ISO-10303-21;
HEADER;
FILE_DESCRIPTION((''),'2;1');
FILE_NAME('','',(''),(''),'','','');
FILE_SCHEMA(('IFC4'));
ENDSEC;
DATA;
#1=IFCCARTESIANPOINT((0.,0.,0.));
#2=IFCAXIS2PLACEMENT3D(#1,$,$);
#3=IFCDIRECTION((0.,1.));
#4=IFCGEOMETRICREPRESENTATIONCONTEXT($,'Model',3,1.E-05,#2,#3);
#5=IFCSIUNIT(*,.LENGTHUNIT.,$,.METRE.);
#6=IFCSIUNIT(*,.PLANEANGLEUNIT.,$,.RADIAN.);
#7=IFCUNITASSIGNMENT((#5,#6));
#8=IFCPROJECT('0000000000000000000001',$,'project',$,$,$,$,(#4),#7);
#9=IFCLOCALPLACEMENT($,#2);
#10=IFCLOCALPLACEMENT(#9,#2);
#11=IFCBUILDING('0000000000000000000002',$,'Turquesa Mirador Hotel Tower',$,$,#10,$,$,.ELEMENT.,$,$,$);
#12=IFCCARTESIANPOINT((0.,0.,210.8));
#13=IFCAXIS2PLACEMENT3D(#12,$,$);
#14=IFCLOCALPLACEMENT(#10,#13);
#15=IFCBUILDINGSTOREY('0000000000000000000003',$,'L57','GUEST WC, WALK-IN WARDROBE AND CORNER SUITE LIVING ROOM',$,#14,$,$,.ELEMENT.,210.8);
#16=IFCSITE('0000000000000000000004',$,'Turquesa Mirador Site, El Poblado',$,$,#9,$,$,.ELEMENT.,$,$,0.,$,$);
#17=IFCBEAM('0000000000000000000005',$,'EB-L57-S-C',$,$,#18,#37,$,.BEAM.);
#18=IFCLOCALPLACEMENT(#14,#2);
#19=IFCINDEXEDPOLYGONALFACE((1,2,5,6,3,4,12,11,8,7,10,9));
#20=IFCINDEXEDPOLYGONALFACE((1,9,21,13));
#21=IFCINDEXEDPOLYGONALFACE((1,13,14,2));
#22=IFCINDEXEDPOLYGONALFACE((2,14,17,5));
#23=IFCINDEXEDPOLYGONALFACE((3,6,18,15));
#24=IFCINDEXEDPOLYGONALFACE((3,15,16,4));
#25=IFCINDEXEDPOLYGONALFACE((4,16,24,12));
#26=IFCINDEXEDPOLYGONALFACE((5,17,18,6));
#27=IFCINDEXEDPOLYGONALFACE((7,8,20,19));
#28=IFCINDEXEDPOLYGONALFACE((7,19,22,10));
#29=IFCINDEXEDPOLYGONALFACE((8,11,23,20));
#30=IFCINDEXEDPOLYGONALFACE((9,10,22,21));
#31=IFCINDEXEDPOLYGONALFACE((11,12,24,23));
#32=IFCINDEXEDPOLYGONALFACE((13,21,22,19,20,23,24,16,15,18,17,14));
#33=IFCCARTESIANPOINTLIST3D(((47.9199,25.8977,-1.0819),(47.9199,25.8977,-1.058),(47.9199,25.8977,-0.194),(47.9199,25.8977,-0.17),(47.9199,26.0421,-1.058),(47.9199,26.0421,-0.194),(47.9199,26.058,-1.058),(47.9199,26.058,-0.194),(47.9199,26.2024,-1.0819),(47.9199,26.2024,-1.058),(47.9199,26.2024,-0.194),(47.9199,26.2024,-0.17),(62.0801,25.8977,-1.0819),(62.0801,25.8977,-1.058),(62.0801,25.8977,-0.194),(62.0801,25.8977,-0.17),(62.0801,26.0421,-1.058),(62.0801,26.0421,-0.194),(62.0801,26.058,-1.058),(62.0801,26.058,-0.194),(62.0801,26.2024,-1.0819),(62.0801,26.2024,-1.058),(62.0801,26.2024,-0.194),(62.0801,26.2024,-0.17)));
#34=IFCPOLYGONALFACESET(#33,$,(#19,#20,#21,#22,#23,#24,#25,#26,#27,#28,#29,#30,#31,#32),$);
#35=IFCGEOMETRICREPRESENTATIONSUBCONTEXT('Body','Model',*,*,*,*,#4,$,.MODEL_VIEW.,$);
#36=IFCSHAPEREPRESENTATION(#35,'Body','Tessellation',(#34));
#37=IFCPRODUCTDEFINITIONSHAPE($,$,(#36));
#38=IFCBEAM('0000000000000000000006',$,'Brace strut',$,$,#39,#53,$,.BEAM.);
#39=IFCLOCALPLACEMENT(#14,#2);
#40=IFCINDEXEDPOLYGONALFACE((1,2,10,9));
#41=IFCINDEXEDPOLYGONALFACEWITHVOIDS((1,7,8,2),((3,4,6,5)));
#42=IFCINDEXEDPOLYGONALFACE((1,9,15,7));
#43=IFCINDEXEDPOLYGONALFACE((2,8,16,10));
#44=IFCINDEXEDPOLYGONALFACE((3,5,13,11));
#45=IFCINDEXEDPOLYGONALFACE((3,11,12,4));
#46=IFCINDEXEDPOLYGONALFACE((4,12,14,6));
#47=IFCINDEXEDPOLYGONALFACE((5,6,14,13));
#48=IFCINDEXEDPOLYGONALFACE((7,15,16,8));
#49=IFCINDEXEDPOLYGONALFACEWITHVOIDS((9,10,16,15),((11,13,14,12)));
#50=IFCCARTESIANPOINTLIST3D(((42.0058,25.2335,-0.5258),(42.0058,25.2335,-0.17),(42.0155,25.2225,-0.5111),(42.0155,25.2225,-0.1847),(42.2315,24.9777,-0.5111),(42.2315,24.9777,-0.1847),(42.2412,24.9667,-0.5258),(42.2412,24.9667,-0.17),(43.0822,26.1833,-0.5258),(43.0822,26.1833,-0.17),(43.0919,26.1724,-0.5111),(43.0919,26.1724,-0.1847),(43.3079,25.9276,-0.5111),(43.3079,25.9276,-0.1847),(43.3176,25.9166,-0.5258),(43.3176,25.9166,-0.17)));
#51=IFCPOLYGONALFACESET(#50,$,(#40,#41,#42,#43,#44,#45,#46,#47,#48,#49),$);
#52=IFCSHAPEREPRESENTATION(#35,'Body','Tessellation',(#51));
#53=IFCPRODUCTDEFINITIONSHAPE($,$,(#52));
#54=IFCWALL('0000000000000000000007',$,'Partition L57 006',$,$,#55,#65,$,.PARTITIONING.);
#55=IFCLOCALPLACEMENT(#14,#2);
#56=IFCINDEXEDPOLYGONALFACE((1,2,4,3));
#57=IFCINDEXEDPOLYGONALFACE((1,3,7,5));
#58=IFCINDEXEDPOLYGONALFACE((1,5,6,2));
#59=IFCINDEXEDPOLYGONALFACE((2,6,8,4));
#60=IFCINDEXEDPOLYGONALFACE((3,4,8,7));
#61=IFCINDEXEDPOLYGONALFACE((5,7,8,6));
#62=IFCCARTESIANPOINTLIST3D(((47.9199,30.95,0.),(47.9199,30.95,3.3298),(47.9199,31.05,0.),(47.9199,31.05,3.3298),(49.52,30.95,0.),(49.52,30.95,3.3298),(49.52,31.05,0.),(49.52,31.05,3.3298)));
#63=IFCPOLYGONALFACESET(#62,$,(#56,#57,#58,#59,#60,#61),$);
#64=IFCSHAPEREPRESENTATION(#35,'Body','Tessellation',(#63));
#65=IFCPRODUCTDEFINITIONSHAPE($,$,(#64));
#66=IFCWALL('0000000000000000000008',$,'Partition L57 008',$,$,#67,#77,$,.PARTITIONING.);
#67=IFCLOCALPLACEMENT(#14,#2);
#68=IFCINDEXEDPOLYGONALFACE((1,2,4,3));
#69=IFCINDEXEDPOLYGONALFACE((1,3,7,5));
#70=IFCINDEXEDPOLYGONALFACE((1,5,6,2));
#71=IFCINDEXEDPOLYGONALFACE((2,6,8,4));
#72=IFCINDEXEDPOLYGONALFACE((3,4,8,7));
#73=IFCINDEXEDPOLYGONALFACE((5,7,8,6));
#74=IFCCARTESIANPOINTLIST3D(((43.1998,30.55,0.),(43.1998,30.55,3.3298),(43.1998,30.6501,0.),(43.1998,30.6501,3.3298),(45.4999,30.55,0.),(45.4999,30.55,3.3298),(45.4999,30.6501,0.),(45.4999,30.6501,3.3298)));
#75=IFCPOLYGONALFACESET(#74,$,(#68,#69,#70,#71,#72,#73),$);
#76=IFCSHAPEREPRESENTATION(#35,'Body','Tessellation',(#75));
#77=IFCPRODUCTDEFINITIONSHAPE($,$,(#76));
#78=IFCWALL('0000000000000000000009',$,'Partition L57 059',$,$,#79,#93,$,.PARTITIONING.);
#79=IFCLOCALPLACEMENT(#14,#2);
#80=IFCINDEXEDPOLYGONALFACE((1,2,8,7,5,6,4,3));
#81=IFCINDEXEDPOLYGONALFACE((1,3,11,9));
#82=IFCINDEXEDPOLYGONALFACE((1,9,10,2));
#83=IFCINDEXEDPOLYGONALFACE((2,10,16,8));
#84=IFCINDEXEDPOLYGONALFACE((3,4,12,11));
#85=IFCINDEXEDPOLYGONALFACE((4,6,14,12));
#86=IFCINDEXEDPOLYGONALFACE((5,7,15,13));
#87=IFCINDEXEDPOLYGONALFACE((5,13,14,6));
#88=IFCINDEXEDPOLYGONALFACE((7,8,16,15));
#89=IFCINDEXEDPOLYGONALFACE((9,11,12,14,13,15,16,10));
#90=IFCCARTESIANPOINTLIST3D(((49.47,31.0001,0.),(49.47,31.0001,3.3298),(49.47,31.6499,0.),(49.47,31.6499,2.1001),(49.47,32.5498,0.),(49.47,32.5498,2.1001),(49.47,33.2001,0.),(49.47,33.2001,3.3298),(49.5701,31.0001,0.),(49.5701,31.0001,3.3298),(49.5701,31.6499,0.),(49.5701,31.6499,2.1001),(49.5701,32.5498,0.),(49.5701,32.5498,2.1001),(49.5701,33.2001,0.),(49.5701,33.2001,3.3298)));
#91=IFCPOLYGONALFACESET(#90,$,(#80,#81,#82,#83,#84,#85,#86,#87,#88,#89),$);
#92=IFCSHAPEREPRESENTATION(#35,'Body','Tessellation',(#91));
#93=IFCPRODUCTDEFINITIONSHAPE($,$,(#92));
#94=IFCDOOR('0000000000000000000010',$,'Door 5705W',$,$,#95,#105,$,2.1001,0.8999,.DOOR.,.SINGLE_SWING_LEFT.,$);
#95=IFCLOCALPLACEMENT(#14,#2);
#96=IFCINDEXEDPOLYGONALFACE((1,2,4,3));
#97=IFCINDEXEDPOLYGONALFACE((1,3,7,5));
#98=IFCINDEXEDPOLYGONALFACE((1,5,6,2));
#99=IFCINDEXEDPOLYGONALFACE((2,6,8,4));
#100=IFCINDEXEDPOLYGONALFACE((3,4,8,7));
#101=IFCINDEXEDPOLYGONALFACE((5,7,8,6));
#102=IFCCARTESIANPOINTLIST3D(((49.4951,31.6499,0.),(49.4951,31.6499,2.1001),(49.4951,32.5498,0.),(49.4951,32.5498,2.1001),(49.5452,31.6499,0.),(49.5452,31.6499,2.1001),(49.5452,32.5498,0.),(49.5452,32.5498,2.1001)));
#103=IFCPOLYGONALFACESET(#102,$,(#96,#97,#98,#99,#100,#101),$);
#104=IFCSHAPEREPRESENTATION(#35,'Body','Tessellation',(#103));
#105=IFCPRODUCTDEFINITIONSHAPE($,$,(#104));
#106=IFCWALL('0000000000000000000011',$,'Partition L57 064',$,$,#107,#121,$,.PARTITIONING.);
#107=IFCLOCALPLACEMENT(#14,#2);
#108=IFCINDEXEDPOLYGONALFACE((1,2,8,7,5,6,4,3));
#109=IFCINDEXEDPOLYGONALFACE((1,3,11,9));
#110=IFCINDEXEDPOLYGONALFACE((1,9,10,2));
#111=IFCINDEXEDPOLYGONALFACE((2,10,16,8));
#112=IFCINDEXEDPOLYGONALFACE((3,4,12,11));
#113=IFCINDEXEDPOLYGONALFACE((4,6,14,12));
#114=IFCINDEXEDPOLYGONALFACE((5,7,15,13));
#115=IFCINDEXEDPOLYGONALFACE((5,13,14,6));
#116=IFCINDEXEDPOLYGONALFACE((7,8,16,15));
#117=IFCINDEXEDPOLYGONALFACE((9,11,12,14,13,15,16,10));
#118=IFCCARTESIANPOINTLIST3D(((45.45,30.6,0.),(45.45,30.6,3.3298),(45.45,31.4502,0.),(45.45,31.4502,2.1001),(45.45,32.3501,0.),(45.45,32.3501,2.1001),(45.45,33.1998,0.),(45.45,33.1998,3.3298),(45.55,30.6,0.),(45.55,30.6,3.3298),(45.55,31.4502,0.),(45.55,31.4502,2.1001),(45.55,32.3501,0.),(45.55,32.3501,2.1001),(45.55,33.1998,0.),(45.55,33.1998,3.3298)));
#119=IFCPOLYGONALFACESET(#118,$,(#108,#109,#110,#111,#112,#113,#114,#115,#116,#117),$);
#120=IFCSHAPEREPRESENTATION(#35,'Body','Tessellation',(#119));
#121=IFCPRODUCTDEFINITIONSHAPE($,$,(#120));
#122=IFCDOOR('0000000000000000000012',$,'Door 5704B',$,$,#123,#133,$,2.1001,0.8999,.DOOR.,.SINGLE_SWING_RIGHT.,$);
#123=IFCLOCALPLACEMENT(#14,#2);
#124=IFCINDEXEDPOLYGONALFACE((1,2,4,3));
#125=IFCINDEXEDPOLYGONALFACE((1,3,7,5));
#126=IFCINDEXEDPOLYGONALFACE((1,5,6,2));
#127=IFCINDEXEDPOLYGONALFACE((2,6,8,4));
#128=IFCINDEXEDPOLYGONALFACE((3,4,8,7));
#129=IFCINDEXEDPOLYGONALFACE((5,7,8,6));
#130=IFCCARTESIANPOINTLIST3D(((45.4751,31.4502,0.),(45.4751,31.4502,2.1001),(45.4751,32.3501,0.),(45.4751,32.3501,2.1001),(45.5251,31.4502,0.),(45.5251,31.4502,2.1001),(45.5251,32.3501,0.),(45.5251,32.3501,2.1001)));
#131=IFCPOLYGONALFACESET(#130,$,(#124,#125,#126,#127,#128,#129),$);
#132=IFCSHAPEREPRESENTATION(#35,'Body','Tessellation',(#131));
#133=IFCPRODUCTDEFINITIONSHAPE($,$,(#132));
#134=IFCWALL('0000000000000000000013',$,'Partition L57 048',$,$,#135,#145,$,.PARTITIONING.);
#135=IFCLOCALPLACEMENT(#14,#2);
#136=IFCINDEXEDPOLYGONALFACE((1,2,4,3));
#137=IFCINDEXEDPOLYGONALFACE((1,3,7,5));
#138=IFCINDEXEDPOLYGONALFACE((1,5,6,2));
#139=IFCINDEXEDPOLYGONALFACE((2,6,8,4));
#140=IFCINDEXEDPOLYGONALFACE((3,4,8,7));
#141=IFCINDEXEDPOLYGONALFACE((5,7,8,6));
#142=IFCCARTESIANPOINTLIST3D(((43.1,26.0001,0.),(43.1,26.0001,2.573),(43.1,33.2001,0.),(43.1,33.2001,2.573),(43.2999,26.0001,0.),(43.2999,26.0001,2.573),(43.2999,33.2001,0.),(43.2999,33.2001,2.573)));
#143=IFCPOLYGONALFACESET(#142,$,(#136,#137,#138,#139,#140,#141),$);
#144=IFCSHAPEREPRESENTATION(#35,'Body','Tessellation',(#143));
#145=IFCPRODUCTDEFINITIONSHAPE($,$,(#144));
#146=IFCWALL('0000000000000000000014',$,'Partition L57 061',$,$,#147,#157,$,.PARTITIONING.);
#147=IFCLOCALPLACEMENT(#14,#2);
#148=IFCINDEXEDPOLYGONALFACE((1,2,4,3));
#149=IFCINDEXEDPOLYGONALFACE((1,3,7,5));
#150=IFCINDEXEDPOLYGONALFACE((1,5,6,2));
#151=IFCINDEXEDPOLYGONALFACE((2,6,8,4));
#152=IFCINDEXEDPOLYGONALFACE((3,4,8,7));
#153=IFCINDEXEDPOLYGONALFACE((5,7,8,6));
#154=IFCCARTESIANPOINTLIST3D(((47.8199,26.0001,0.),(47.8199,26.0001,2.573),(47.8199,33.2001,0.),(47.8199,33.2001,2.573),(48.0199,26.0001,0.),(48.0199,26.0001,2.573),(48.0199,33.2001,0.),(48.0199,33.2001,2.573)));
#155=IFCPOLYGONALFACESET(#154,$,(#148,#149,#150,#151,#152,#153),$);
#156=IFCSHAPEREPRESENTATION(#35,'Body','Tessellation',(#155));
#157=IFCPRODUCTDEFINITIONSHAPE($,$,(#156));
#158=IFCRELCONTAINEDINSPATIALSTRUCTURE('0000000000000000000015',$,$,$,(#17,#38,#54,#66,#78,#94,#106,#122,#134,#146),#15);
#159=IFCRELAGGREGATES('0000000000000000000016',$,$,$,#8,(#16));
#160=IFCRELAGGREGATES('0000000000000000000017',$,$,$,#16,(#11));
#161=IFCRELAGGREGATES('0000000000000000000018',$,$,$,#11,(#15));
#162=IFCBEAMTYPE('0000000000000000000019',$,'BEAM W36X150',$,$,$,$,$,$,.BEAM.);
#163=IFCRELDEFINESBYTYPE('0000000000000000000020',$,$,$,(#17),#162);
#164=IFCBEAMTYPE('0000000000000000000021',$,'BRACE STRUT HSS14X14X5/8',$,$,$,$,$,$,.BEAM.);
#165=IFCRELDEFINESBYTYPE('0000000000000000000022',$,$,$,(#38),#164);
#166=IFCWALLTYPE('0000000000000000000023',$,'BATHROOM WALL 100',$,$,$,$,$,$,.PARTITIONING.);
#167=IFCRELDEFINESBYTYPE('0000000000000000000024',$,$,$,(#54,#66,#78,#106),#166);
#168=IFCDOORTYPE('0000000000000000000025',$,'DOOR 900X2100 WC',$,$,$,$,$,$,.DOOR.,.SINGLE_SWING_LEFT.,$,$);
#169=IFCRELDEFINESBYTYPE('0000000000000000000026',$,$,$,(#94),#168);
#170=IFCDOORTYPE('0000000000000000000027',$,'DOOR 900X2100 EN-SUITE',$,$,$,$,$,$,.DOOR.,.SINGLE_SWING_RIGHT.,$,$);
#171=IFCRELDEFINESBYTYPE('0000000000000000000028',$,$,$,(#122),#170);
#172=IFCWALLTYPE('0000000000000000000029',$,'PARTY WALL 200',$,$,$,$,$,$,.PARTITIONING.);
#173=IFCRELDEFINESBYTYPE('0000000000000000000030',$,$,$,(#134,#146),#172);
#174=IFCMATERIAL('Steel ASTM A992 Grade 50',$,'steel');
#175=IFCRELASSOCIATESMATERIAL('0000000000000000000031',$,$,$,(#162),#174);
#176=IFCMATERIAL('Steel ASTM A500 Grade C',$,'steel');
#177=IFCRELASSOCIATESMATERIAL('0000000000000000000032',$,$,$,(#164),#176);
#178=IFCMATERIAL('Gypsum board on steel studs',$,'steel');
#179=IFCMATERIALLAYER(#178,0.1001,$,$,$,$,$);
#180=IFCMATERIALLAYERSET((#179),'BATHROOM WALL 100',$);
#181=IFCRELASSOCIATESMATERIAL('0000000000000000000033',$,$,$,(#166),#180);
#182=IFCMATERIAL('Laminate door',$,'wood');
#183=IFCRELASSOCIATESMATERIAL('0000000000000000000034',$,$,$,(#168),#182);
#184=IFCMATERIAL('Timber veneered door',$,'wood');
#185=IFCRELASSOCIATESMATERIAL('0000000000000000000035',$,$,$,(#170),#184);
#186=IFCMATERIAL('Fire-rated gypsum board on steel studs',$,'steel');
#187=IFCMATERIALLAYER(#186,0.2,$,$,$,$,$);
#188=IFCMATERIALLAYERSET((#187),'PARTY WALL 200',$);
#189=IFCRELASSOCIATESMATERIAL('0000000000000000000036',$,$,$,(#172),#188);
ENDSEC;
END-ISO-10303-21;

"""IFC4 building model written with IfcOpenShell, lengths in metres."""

from ifc_helpers import new_model, si_unit, direction, frame, frame_2d, origin, origin_2d, place, context, subcontext, project, spatial, rectangle, hollow_rectangle, i_section, extrude, material, layer, layer_set, material_profile, profile_set, type_object, element, fill, save


model = new_model("IFC4")

# Units and contexts
model_context = context("Model", 3, precision=1e-05, world=origin(), true_north=direction((0.0, 1.0)))
body_context = subcontext(model_context, "Body", "Model", "MODEL_VIEW")
ifc_project = project(units=[si_unit("LENGTHUNIT", "METRE"), si_unit("PLANEANGLEUNIT", "RADIAN")], contexts=[model_context])

# Site, building, storey
site_placement = place(None, origin())
site = spatial("IfcSite", under=ifc_project, at=site_placement, Name="Turquesa Mirador Site, El Poblado", CompositionType="ELEMENT", RefElevation=0.0)
building_placement = place(site_placement, origin())
building = spatial("IfcBuilding", under=site, at=building_placement, Name="Turquesa Mirador Hotel Tower", CompositionType="ELEMENT")
storey_placement = place(building_placement, frame((0.0, 0.0, 210.8)))
storey = spatial("IfcBuildingStorey", under=building, at=storey_placement, Name="L57", Description="GUEST WC, WALK-IN WARDROBE AND CORNER SUITE LIVING ROOM", CompositionType="ELEMENT", Elevation=210.8)

# Beams
ifc_material_1 = material(Name="Steel ASTM A992 Grade 50", Category="steel")
ifc_material_profile_1 = material_profile(ifc_material_1, i_section(OverallWidth=0.3047, OverallDepth=0.9119, WebThickness=0.0159, FlangeThickness=0.0239, at=origin_2d()), Name="W36X150")
ifc_profile_set_1 = profile_set([ifc_material_profile_1], Name="Steel ASTM A992 Grade 50")
beam_type_1 = type_object("IfcBeamType", Name="BEAM W36X150", PredefinedType="BEAM", material=ifc_profile_set_1)
beam_1_placement = place(storey_placement, frame((47.9199, 26.05, -0.626), z_axis=(1.0, 0.0, 0.0), x_axis=(0.0, 1.0, 0.0)))
element("IfcBeam", 1, at=beam_1_placement, inside=storey, type_object=beam_type_1, Name="EB-L57-S-C", PredefinedType="BEAM", context=body_context, shape_type="SweptSolid", body=[
    extrude(i_section(OverallWidth=0.3047, OverallDepth=0.9119, WebThickness=0.0159, FlangeThickness=0.0239, at=origin_2d()), origin(), (0.0, 0.0, 1.0), 14.1602),
])
ifc_material_2 = material(Name="Steel ASTM A500 Grade C", Category="steel")
ifc_material_profile_2 = material_profile(ifc_material_2, hollow_rectangle(XDim=0.3557, YDim=0.3557, WallThickness=0.0146, at=origin_2d()), Name="HSS14X14X5/8")
ifc_profile_set_2 = profile_set([ifc_material_profile_2], Name="Steel ASTM A500 Grade C")
beam_type_2 = type_object("IfcBeamType", Name="BRACE STRUT HSS14X14X5/8", PredefinedType="BEAM", material=ifc_profile_set_2)
beam_2_placement = place(storey_placement, frame((42.1235, 25.1001, -0.3479), z_axis=(0.749778, 0.661689, 0.0), x_axis=(-0.661689, 0.749778, 0.0)))
element("IfcBeam", 2, at=beam_2_placement, inside=storey, type_object=beam_type_2, Name="Brace strut", PredefinedType="BEAM", context=body_context, shape_type="SweptSolid", body=[
    extrude(hollow_rectangle(XDim=0.3557, YDim=0.3557, WallThickness=0.0146, at=origin_2d()), origin(), (0.0, 0.0, 1.0), 1.4355),
])

# Walls
ifc_material_3 = material(Name="Gypsum board on steel studs", Category="steel")
ifc_layer_1 = layer(ifc_material_3, 0.1001)
ifc_layer_set_1 = layer_set([ifc_layer_1], Name="BATHROOM WALL 100")
wall_type_1 = type_object("IfcWallType", Name="BATHROOM WALL 100", PredefinedType="PARTITIONING", material=ifc_layer_set_1)
wall_1_placement = place(storey_placement, frame((47.9199, 31.0, 0.0), z_axis=(0.0, 0.0, 1.0), x_axis=(1.0, 0.0, 0.0)))
element("IfcWall", 3, at=wall_1_placement, inside=storey, type_object=wall_type_1, Name="Partition L57 006", PredefinedType="PARTITIONING", context=body_context, shape_type="SweptSolid", body=[
    extrude(rectangle(XDim=1.6001, YDim=0.1001, at=frame_2d((0.8, 0.0))), origin(), (0.0, 0.0, 1.0), 3.3298),
])
wall_2_placement = place(storey_placement, frame((43.2, 30.6001, 0.0), z_axis=(0.0, 0.0, 1.0), x_axis=(1.0, 0.0, 0.0)))
element("IfcWall", 4, at=wall_2_placement, inside=storey, type_object=wall_type_1, Name="Partition L57 008", PredefinedType="PARTITIONING", context=body_context, shape_type="SweptSolid", body=[
    extrude(rectangle(XDim=2.3, YDim=0.1001, at=frame_2d((1.1499, 0.0))), origin(), (0.0, 0.0, 1.0), 3.3298),
])

# Walls, openings, doors
wall_3_placement = place(storey_placement, frame((49.52, 31.0, 0.0), z_axis=(0.0, 0.0, 1.0), x_axis=(0.0, 1.0, 0.0)))
wall_3 = element("IfcWall", 5, at=wall_3_placement, inside=storey, type_object=wall_type_1, Name="Partition L57 059", PredefinedType="PARTITIONING", context=body_context, shape_type="SweptSolid", body=[
    extrude(rectangle(XDim=2.2, YDim=0.1001, at=frame_2d((1.1001, 0.0))), origin(), (0.0, 0.0, 1.0), 3.3298),
])
opening_1_placement = place(wall_3_placement, frame((0.6499, 0.0, 0.0)))
opening_1 = element("IfcOpeningElement", 6, at=opening_1_placement, cuts=wall_3, PredefinedType="OPENING", context=body_context, shape_type="SweptSolid", body=[
    extrude(rectangle(XDim=0.8999, YDim=2.1001, at=frame_2d((0.45, 1.05))), frame((0.0, 0.0601, 0.0), z_axis=(0.0, -1.0, 0.0), x_axis=(1.0, 0.0, 0.0)), (0.0, 0.0, 1.0), 0.1201),
])
ifc_material_4 = material(Name="Laminate door", Category="wood")
door_type_1 = type_object("IfcDoorType", Name="DOOR 900X2100 WC", OperationType="SINGLE_SWING_LEFT", PredefinedType="DOOR", material=ifc_material_4)
door_1_placement = place(opening_1_placement, origin())
door_1 = element("IfcDoor", 7, at=door_1_placement, inside=storey, type_object=door_type_1, Name="Door 5705W", OperationType="SINGLE_SWING_LEFT", OverallHeight=2.1001, OverallWidth=0.8999, PredefinedType="DOOR", context=body_context, shape_type="SweptSolid", body=[
    extrude(rectangle(XDim=0.8999, YDim=2.1001, at=frame_2d((0.45, 1.05))), frame((0.0, 0.0249, 0.0), z_axis=(0.0, -1.0, 0.0), x_axis=(1.0, 0.0, 0.0)), (0.0, 0.0, 1.0), 0.05),
])
fill(opening_1, door_1)
wall_4_placement = place(storey_placement, frame((45.5, 30.6001, 0.0), z_axis=(0.0, 0.0, 1.0), x_axis=(0.0, 1.0, 0.0)))
wall_4 = element("IfcWall", 8, at=wall_4_placement, inside=storey, type_object=wall_type_1, Name="Partition L57 064", PredefinedType="PARTITIONING", context=body_context, shape_type="SweptSolid", body=[
    extrude(rectangle(XDim=2.5999, YDim=0.1001, at=frame_2d((1.2998, 0.0))), origin(), (0.0, 0.0, 1.0), 3.3298),
])
opening_2_placement = place(wall_4_placement, frame((0.8501, 0.0, 0.0)))
opening_2 = element("IfcOpeningElement", 9, at=opening_2_placement, cuts=wall_4, PredefinedType="OPENING", context=body_context, shape_type="SweptSolid", body=[
    extrude(rectangle(XDim=0.8999, YDim=2.1001, at=frame_2d((0.45, 1.05))), frame((0.0, 0.0601, 0.0), z_axis=(0.0, -1.0, 0.0), x_axis=(1.0, 0.0, 0.0)), (0.0, 0.0, 1.0), 0.1201),
])
ifc_material_5 = material(Name="Timber veneered door", Category="wood")
door_type_2 = type_object("IfcDoorType", Name="DOOR 900X2100 EN-SUITE", OperationType="SINGLE_SWING_RIGHT", PredefinedType="DOOR", material=ifc_material_5)
door_2_placement = place(opening_2_placement, origin())
door_2 = element("IfcDoor", 10, at=door_2_placement, inside=storey, type_object=door_type_2, Name="Door 5704B", OperationType="SINGLE_SWING_RIGHT", OverallHeight=2.1001, OverallWidth=0.8999, PredefinedType="DOOR", context=body_context, shape_type="SweptSolid", body=[
    extrude(rectangle(XDim=0.8999, YDim=2.1001, at=frame_2d((0.45, 1.05))), frame((0.0, 0.0249, 0.0), z_axis=(0.0, -1.0, 0.0), x_axis=(1.0, 0.0, 0.0)), (0.0, 0.0, 1.0), 0.05),
])
fill(opening_2, door_2)

# Walls
ifc_material_6 = material(Name="Fire-rated gypsum board on steel studs", Category="steel")
ifc_layer_2 = layer(ifc_material_6, 0.2)
ifc_layer_set_2 = layer_set([ifc_layer_2], Name="PARTY WALL 200")
wall_type_2 = type_object("IfcWallType", Name="PARTY WALL 200", PredefinedType="PARTITIONING", material=ifc_layer_set_2)
for number, where, z_axis, x_axis, name in (
    (11, (43.2, 26.0, 0.0), (0.0, 0.0, 1.0), (0.0, 1.0, 0.0), "Partition L57 048"),
    (12, (47.9199, 26.0, 0.0), (0.0, 0.0, 1.0), (0.0, 1.0, 0.0), "Partition L57 061"),
):
    element("IfcWall", number, at=place(storey_placement, frame(where, z_axis=z_axis, x_axis=x_axis)), inside=storey, type_object=wall_type_2, Name=name, PredefinedType="PARTITIONING", context=body_context, shape_type="SweptSolid", body=[
        extrude(rectangle(XDim=7.2, YDim=0.2, at=frame_2d((3.6001, 0.0))), origin(), (0.0, 0.0, 1.0), 2.573),
    ])

save(model, "model.ifc")
